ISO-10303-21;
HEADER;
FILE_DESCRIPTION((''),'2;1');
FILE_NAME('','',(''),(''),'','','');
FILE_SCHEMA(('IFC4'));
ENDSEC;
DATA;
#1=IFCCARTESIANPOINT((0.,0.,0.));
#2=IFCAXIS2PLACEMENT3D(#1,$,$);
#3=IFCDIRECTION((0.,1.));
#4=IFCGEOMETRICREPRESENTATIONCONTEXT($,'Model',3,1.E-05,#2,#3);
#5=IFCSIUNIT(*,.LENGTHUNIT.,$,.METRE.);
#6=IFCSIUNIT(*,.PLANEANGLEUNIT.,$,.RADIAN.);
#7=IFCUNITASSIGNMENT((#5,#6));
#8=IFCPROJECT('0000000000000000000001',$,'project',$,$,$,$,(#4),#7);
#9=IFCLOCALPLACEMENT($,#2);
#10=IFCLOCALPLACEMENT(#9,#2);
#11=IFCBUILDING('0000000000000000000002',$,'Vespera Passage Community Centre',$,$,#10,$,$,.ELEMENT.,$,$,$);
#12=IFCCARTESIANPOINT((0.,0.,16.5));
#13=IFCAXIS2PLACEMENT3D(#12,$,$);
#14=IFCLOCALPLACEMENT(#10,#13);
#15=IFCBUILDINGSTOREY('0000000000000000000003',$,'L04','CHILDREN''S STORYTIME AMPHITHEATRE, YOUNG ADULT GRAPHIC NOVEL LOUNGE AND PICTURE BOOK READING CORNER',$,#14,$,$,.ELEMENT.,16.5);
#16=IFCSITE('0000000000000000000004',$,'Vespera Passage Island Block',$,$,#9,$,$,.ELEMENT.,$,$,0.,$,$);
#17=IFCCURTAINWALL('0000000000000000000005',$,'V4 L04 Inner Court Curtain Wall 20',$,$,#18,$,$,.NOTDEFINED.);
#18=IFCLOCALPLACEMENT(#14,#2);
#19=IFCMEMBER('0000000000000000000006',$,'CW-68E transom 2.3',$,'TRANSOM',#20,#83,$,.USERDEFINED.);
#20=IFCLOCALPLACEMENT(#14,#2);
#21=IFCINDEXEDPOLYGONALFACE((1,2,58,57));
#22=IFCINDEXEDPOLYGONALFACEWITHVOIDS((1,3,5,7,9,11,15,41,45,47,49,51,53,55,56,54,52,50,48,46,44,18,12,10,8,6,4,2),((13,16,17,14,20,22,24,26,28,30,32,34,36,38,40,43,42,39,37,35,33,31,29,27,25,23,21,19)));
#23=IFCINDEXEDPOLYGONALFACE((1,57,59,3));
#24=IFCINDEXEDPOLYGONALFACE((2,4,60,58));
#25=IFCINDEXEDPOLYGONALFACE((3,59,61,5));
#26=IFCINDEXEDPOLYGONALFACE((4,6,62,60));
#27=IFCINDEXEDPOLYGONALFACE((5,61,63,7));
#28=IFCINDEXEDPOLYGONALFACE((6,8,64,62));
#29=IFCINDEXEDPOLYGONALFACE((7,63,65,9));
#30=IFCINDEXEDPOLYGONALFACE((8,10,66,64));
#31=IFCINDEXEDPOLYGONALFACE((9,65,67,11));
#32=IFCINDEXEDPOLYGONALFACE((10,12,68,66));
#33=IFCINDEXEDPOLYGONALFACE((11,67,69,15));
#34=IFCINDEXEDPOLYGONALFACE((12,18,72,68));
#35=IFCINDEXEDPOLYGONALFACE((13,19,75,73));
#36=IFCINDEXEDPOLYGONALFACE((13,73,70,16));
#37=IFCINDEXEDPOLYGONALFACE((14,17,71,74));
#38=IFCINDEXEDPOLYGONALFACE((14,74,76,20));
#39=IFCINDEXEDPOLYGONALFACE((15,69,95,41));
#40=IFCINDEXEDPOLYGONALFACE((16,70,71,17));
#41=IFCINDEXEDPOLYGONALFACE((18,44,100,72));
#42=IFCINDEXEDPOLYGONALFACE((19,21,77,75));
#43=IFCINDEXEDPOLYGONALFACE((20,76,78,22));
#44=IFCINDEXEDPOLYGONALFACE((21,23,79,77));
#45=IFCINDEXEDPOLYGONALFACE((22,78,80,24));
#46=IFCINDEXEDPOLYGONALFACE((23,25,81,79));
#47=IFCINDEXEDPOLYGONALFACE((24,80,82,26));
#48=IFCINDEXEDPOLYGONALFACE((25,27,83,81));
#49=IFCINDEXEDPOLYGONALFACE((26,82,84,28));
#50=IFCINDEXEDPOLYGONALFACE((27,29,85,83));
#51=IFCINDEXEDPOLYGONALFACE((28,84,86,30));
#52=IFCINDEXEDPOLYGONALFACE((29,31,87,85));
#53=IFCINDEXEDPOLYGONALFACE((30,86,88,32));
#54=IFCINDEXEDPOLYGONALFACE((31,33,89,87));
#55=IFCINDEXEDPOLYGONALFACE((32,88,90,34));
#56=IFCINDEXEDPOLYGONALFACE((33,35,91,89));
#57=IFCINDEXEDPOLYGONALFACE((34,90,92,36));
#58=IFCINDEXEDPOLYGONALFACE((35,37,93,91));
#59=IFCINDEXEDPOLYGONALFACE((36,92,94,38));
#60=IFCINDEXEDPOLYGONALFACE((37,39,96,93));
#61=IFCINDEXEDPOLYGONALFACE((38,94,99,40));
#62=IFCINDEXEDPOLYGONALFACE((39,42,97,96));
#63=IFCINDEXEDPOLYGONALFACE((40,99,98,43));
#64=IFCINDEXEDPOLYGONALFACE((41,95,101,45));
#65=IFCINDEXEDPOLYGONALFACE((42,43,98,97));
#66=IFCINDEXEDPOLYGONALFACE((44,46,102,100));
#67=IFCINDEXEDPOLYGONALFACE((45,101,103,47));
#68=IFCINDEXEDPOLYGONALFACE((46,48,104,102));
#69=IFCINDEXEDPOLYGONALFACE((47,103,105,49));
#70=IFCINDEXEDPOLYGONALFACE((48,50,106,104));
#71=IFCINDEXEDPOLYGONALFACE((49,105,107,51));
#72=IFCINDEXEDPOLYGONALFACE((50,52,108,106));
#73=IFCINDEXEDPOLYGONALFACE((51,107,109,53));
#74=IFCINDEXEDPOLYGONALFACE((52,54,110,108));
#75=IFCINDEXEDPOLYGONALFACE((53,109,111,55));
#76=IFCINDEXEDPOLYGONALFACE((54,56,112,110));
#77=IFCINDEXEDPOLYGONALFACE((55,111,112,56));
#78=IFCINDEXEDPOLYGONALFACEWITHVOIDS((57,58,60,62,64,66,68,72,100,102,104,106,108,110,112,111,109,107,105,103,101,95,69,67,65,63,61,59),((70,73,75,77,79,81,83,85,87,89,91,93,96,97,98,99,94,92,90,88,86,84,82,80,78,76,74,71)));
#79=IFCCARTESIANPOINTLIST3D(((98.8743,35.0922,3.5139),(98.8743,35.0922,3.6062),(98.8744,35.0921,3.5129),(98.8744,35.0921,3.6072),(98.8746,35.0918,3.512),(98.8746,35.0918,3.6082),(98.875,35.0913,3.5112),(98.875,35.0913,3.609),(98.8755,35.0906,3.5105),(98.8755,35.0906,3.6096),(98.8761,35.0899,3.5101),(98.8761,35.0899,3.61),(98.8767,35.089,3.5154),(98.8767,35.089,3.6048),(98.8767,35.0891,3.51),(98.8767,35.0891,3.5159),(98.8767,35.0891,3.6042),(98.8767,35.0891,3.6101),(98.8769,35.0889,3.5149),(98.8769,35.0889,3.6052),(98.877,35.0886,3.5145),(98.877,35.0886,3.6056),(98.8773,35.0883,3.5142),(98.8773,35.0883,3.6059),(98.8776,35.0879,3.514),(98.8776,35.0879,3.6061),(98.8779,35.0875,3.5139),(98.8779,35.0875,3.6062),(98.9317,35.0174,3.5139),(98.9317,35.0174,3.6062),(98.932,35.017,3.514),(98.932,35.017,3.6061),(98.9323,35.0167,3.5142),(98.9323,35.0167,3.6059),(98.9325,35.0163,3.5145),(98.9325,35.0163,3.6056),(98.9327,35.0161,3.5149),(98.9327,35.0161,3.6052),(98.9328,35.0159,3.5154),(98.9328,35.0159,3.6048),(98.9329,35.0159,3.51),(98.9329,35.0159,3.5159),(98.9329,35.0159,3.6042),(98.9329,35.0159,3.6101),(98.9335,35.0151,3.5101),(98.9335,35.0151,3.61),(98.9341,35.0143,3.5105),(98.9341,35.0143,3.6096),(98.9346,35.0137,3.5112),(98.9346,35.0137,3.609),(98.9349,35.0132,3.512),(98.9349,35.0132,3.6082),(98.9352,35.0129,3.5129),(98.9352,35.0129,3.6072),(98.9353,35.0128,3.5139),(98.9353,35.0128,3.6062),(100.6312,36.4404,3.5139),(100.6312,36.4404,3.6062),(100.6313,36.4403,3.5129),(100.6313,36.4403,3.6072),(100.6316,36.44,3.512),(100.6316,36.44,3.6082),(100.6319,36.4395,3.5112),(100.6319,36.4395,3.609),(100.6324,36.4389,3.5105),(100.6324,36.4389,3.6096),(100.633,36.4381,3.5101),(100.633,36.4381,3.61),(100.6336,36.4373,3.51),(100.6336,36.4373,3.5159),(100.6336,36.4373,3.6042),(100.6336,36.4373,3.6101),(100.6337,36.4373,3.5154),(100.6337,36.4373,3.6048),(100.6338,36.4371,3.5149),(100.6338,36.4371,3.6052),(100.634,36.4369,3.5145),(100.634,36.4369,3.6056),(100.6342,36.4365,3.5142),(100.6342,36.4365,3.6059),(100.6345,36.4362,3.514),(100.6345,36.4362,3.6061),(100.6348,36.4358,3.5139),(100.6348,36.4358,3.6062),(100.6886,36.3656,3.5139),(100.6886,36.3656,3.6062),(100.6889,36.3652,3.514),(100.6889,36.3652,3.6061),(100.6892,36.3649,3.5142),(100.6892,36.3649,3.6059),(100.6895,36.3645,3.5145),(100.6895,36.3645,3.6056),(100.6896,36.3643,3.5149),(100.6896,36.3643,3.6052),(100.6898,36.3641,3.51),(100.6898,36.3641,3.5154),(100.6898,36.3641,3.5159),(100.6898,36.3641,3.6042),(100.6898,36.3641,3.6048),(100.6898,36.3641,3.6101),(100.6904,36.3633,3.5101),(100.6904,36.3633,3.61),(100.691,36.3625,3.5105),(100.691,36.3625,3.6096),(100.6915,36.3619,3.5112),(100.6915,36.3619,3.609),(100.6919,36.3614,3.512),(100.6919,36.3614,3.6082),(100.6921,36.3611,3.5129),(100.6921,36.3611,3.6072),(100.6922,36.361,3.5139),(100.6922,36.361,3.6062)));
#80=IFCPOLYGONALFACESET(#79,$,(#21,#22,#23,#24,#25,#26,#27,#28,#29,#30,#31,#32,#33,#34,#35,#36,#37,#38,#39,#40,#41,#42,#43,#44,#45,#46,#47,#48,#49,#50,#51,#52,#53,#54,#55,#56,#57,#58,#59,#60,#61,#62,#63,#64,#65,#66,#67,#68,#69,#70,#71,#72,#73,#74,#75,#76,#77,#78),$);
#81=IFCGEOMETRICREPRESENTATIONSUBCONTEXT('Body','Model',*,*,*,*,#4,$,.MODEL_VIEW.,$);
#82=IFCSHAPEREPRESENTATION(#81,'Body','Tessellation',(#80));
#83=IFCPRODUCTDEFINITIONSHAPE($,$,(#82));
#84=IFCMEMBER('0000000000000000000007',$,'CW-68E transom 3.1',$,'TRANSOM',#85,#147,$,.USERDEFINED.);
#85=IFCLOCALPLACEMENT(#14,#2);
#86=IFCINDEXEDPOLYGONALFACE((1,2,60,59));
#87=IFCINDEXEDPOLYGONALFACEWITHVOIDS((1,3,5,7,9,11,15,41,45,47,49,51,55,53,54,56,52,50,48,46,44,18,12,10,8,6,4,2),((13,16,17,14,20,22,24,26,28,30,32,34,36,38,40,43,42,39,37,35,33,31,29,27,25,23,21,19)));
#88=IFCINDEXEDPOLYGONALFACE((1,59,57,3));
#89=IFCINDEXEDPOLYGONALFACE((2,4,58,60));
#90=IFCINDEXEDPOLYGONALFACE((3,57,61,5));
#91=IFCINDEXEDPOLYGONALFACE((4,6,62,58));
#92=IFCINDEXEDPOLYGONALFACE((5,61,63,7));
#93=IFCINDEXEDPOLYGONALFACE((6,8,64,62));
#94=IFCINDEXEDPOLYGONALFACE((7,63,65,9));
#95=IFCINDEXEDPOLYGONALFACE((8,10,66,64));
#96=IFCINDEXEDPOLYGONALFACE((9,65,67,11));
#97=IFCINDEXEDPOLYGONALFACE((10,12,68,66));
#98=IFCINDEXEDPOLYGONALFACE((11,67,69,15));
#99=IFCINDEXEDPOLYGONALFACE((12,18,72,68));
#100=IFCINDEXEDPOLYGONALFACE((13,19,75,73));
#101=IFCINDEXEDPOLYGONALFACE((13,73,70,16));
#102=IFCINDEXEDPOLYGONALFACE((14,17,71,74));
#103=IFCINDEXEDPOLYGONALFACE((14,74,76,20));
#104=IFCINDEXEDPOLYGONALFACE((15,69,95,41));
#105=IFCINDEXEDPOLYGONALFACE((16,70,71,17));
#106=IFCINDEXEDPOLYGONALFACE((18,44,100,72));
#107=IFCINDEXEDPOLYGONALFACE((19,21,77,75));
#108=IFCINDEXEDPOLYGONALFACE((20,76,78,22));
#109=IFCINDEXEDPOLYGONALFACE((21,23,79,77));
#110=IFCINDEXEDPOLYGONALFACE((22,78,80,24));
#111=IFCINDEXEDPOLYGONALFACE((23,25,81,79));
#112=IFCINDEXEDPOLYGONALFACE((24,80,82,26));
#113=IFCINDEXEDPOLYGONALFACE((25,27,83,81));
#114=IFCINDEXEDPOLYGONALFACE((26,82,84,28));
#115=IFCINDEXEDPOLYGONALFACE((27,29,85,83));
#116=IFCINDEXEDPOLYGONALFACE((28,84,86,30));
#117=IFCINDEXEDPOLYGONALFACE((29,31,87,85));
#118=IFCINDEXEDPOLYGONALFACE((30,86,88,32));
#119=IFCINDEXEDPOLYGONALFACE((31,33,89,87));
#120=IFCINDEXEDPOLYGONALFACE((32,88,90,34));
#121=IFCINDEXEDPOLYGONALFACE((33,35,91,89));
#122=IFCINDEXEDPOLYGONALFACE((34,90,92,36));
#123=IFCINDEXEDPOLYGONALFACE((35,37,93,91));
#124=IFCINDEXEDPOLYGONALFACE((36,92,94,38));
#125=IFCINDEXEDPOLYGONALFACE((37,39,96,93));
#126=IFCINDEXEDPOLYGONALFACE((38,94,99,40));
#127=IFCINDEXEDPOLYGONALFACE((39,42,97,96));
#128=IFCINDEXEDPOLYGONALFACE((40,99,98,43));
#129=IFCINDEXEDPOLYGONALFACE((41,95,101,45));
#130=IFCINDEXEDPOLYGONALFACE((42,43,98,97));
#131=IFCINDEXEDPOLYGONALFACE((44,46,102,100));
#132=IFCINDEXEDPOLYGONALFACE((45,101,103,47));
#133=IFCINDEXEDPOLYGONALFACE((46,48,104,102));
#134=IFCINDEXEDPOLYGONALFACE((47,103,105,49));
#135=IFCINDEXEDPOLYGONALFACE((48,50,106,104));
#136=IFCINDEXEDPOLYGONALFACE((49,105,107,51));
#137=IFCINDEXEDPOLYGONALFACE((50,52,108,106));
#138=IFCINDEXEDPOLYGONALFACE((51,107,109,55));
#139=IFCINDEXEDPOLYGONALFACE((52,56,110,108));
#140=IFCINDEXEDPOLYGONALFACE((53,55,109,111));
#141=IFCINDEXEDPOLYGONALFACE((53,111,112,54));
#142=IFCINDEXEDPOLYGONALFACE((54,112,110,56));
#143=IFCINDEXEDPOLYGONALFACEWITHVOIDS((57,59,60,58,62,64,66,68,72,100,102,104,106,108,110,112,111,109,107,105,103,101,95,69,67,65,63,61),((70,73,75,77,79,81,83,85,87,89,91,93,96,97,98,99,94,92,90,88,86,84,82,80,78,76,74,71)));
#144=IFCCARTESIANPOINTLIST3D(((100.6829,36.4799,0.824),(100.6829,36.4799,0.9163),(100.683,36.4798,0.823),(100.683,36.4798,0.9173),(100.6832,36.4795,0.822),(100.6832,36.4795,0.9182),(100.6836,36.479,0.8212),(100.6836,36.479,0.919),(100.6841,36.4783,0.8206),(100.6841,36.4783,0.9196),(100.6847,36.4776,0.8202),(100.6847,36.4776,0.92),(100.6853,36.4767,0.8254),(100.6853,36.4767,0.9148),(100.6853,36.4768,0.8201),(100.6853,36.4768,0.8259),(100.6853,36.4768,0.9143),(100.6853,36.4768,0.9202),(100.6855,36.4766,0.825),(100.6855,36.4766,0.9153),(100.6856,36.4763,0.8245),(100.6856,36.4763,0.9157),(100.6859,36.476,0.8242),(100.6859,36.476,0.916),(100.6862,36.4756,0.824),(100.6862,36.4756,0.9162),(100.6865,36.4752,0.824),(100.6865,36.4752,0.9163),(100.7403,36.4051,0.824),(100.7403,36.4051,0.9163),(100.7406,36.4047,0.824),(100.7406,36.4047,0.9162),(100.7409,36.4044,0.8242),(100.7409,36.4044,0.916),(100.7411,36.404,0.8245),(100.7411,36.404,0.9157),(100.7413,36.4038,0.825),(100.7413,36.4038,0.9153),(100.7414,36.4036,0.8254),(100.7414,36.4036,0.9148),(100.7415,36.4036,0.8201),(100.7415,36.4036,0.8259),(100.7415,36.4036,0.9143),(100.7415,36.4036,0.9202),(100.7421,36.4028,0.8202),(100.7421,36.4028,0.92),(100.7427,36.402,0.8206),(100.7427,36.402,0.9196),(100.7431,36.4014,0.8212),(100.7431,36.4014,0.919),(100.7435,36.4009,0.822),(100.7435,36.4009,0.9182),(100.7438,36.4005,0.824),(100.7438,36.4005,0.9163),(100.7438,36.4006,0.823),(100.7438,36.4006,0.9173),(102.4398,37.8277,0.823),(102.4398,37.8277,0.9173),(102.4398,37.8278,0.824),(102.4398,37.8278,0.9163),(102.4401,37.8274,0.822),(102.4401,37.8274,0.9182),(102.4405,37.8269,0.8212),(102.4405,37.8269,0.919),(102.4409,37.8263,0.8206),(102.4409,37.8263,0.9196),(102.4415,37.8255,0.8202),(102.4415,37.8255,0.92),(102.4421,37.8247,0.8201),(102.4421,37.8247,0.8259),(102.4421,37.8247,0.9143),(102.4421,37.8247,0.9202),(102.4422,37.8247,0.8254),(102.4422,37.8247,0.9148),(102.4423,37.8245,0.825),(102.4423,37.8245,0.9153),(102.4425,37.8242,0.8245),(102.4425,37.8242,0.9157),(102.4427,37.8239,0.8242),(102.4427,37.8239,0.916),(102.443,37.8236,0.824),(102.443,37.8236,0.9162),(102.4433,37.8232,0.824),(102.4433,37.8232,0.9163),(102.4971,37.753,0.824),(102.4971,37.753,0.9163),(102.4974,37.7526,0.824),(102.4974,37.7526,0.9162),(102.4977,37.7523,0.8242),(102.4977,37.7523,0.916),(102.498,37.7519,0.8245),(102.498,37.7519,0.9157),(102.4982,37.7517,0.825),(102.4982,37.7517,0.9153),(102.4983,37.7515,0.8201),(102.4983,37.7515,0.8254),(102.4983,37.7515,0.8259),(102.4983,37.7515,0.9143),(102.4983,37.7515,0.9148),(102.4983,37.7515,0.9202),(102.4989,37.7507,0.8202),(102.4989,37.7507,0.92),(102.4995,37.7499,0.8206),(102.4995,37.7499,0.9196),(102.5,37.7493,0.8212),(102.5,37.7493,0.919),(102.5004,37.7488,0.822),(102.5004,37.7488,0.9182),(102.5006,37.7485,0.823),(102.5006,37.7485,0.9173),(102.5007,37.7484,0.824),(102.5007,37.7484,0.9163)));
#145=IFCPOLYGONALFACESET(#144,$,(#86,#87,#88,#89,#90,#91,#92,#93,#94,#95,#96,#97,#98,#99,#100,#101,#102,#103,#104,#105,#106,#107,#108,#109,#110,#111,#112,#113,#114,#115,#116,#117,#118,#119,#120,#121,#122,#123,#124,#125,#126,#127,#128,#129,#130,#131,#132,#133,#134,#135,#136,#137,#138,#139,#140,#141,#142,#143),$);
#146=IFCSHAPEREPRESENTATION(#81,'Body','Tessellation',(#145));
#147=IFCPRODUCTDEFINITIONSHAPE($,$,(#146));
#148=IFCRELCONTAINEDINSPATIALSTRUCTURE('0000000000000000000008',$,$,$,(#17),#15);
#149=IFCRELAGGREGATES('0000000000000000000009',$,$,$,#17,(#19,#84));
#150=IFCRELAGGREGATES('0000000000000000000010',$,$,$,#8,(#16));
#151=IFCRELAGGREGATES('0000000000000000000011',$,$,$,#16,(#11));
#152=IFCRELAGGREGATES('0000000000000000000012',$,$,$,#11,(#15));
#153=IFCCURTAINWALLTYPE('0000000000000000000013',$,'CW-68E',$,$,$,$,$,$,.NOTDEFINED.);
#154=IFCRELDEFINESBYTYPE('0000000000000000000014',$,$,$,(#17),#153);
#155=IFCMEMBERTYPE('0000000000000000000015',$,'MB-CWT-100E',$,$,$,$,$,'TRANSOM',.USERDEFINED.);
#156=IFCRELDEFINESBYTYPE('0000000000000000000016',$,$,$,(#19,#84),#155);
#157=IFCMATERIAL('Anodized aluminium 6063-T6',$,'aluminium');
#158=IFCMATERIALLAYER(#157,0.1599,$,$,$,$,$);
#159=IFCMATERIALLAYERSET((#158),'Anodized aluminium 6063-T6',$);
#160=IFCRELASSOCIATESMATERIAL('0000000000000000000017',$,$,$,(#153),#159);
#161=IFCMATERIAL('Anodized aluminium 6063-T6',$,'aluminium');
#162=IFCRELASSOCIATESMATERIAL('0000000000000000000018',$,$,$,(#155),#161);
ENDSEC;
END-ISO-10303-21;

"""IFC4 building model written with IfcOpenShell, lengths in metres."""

from ifc_helpers import new_model, si_unit, direction, frame, origin, origin_2d, place, context, subcontext, project, spatial, hollow_rectangle, extrude, material, layer, layer_set, material_profile, profile_set, type_object, element, aggregate, save


model = new_model("IFC4")

# Units and contexts
model_context = context("Model", 3, precision=1e-05, world=origin(), true_north=direction((0.0, 1.0)))
body_context = subcontext(model_context, "Body", "Model", "MODEL_VIEW")
ifc_project = project(units=[si_unit("LENGTHUNIT", "METRE"), si_unit("PLANEANGLEUNIT", "RADIAN")], contexts=[model_context])

# Site, building, storey
site_placement = place(None, origin())
site = spatial("IfcSite", under=ifc_project, at=site_placement, Name="Vespera Passage Island Block", CompositionType="ELEMENT", RefElevation=0.0)
building_placement = place(site_placement, origin())
building = spatial("IfcBuilding", under=site, at=building_placement, Name="Vespera Passage Community Centre", CompositionType="ELEMENT")
storey_placement = place(building_placement, frame((0.0, 0.0, 16.5)))
storey = spatial("IfcBuildingStorey", under=building, at=storey_placement, Name="L04", Description="CHILDREN'S STORYTIME AMPHITHEATRE, YOUNG ADULT GRAPHIC NOVEL LOUNGE AND PICTURE BOOK READING CORNER", CompositionType="ELEMENT", Elevation=16.5)

# Curtain wall, members
ifc_material_1 = material(Name="Anodized aluminium 6063-T6", Category="aluminium")
ifc_layer_1 = layer(ifc_material_1, 0.1599)
ifc_layer_set_1 = layer_set([ifc_layer_1], Name="Anodized aluminium 6063-T6")
curtain_wall_type = type_object("IfcCurtainWallType", Name="CW-68E", PredefinedType="NOTDEFINED", material=ifc_layer_set_1)
curtain_wall_placement = place(storey_placement, origin())
curtain_wall = element("IfcCurtainWall", 1, at=curtain_wall_placement, inside=storey, type_object=curtain_wall_type, Name="V4 L04 Inner Court Curtain Wall 20", PredefinedType="NOTDEFINED")
ifc_material_2 = material(Name="Anodized aluminium 6063-T6", Category="aluminium")
ifc_material_profile_1 = material_profile(ifc_material_2, hollow_rectangle(XDim=0.1001, YDim=0.1001, WallThickness=0.0039, InnerFilletRadius=0.002, OuterFilletRadius=0.0039, at=origin_2d()), Name="ALU100X100X4")
ifc_profile_set_1 = profile_set([ifc_material_profile_1], Name="Anodized aluminium 6063-T6")
member_type_1 = type_object("IfcMemberType", Name="MB-CWT-100E", ElementType="TRANSOM", PredefinedType="USERDEFINED", material=ifc_profile_set_1)
member_1_placement = place(storey_placement, frame((98.9048, 35.0525, 3.5601), z_axis=(0.793337, 0.608783, 0.0), x_axis=(-0.608783, 0.793337, 0.0)))
member_1 = element("IfcMember", 2, at=member_1_placement, type_object=member_type_1, Name="CW-68E transom 2.3", ObjectType="TRANSOM", PredefinedType="USERDEFINED", context=body_context, shape_type="SweptSolid", body=[
    extrude(hollow_rectangle(XDim=0.1001, YDim=0.1001, WallThickness=0.0039, InnerFilletRadius=0.002, OuterFilletRadius=0.0039, at=origin_2d()), origin(), (0.0, 0.0, 1.0), 2.2146),
])
member_2_placement = place(storey_placement, frame((100.7134, 36.4402, 0.8701), z_axis=(0.79339, 0.608714, 0.0), x_axis=(-0.608714, 0.79339, 0.0)))
member_2 = element("IfcMember", 3, at=member_2_placement, type_object=member_type_1, Name="CW-68E transom 3.1", ObjectType="TRANSOM", PredefinedType="USERDEFINED", context=body_context, shape_type="SweptSolid", body=[
    extrude(hollow_rectangle(XDim=0.1001, YDim=0.1001, WallThickness=0.0039, InnerFilletRadius=0.002, OuterFilletRadius=0.0039, at=origin_2d()), origin(), (0.0, 0.0, 1.0), 2.2144),
])
aggregate(curtain_wall, [member_1, member_2])

save(model, "model.ifc")
